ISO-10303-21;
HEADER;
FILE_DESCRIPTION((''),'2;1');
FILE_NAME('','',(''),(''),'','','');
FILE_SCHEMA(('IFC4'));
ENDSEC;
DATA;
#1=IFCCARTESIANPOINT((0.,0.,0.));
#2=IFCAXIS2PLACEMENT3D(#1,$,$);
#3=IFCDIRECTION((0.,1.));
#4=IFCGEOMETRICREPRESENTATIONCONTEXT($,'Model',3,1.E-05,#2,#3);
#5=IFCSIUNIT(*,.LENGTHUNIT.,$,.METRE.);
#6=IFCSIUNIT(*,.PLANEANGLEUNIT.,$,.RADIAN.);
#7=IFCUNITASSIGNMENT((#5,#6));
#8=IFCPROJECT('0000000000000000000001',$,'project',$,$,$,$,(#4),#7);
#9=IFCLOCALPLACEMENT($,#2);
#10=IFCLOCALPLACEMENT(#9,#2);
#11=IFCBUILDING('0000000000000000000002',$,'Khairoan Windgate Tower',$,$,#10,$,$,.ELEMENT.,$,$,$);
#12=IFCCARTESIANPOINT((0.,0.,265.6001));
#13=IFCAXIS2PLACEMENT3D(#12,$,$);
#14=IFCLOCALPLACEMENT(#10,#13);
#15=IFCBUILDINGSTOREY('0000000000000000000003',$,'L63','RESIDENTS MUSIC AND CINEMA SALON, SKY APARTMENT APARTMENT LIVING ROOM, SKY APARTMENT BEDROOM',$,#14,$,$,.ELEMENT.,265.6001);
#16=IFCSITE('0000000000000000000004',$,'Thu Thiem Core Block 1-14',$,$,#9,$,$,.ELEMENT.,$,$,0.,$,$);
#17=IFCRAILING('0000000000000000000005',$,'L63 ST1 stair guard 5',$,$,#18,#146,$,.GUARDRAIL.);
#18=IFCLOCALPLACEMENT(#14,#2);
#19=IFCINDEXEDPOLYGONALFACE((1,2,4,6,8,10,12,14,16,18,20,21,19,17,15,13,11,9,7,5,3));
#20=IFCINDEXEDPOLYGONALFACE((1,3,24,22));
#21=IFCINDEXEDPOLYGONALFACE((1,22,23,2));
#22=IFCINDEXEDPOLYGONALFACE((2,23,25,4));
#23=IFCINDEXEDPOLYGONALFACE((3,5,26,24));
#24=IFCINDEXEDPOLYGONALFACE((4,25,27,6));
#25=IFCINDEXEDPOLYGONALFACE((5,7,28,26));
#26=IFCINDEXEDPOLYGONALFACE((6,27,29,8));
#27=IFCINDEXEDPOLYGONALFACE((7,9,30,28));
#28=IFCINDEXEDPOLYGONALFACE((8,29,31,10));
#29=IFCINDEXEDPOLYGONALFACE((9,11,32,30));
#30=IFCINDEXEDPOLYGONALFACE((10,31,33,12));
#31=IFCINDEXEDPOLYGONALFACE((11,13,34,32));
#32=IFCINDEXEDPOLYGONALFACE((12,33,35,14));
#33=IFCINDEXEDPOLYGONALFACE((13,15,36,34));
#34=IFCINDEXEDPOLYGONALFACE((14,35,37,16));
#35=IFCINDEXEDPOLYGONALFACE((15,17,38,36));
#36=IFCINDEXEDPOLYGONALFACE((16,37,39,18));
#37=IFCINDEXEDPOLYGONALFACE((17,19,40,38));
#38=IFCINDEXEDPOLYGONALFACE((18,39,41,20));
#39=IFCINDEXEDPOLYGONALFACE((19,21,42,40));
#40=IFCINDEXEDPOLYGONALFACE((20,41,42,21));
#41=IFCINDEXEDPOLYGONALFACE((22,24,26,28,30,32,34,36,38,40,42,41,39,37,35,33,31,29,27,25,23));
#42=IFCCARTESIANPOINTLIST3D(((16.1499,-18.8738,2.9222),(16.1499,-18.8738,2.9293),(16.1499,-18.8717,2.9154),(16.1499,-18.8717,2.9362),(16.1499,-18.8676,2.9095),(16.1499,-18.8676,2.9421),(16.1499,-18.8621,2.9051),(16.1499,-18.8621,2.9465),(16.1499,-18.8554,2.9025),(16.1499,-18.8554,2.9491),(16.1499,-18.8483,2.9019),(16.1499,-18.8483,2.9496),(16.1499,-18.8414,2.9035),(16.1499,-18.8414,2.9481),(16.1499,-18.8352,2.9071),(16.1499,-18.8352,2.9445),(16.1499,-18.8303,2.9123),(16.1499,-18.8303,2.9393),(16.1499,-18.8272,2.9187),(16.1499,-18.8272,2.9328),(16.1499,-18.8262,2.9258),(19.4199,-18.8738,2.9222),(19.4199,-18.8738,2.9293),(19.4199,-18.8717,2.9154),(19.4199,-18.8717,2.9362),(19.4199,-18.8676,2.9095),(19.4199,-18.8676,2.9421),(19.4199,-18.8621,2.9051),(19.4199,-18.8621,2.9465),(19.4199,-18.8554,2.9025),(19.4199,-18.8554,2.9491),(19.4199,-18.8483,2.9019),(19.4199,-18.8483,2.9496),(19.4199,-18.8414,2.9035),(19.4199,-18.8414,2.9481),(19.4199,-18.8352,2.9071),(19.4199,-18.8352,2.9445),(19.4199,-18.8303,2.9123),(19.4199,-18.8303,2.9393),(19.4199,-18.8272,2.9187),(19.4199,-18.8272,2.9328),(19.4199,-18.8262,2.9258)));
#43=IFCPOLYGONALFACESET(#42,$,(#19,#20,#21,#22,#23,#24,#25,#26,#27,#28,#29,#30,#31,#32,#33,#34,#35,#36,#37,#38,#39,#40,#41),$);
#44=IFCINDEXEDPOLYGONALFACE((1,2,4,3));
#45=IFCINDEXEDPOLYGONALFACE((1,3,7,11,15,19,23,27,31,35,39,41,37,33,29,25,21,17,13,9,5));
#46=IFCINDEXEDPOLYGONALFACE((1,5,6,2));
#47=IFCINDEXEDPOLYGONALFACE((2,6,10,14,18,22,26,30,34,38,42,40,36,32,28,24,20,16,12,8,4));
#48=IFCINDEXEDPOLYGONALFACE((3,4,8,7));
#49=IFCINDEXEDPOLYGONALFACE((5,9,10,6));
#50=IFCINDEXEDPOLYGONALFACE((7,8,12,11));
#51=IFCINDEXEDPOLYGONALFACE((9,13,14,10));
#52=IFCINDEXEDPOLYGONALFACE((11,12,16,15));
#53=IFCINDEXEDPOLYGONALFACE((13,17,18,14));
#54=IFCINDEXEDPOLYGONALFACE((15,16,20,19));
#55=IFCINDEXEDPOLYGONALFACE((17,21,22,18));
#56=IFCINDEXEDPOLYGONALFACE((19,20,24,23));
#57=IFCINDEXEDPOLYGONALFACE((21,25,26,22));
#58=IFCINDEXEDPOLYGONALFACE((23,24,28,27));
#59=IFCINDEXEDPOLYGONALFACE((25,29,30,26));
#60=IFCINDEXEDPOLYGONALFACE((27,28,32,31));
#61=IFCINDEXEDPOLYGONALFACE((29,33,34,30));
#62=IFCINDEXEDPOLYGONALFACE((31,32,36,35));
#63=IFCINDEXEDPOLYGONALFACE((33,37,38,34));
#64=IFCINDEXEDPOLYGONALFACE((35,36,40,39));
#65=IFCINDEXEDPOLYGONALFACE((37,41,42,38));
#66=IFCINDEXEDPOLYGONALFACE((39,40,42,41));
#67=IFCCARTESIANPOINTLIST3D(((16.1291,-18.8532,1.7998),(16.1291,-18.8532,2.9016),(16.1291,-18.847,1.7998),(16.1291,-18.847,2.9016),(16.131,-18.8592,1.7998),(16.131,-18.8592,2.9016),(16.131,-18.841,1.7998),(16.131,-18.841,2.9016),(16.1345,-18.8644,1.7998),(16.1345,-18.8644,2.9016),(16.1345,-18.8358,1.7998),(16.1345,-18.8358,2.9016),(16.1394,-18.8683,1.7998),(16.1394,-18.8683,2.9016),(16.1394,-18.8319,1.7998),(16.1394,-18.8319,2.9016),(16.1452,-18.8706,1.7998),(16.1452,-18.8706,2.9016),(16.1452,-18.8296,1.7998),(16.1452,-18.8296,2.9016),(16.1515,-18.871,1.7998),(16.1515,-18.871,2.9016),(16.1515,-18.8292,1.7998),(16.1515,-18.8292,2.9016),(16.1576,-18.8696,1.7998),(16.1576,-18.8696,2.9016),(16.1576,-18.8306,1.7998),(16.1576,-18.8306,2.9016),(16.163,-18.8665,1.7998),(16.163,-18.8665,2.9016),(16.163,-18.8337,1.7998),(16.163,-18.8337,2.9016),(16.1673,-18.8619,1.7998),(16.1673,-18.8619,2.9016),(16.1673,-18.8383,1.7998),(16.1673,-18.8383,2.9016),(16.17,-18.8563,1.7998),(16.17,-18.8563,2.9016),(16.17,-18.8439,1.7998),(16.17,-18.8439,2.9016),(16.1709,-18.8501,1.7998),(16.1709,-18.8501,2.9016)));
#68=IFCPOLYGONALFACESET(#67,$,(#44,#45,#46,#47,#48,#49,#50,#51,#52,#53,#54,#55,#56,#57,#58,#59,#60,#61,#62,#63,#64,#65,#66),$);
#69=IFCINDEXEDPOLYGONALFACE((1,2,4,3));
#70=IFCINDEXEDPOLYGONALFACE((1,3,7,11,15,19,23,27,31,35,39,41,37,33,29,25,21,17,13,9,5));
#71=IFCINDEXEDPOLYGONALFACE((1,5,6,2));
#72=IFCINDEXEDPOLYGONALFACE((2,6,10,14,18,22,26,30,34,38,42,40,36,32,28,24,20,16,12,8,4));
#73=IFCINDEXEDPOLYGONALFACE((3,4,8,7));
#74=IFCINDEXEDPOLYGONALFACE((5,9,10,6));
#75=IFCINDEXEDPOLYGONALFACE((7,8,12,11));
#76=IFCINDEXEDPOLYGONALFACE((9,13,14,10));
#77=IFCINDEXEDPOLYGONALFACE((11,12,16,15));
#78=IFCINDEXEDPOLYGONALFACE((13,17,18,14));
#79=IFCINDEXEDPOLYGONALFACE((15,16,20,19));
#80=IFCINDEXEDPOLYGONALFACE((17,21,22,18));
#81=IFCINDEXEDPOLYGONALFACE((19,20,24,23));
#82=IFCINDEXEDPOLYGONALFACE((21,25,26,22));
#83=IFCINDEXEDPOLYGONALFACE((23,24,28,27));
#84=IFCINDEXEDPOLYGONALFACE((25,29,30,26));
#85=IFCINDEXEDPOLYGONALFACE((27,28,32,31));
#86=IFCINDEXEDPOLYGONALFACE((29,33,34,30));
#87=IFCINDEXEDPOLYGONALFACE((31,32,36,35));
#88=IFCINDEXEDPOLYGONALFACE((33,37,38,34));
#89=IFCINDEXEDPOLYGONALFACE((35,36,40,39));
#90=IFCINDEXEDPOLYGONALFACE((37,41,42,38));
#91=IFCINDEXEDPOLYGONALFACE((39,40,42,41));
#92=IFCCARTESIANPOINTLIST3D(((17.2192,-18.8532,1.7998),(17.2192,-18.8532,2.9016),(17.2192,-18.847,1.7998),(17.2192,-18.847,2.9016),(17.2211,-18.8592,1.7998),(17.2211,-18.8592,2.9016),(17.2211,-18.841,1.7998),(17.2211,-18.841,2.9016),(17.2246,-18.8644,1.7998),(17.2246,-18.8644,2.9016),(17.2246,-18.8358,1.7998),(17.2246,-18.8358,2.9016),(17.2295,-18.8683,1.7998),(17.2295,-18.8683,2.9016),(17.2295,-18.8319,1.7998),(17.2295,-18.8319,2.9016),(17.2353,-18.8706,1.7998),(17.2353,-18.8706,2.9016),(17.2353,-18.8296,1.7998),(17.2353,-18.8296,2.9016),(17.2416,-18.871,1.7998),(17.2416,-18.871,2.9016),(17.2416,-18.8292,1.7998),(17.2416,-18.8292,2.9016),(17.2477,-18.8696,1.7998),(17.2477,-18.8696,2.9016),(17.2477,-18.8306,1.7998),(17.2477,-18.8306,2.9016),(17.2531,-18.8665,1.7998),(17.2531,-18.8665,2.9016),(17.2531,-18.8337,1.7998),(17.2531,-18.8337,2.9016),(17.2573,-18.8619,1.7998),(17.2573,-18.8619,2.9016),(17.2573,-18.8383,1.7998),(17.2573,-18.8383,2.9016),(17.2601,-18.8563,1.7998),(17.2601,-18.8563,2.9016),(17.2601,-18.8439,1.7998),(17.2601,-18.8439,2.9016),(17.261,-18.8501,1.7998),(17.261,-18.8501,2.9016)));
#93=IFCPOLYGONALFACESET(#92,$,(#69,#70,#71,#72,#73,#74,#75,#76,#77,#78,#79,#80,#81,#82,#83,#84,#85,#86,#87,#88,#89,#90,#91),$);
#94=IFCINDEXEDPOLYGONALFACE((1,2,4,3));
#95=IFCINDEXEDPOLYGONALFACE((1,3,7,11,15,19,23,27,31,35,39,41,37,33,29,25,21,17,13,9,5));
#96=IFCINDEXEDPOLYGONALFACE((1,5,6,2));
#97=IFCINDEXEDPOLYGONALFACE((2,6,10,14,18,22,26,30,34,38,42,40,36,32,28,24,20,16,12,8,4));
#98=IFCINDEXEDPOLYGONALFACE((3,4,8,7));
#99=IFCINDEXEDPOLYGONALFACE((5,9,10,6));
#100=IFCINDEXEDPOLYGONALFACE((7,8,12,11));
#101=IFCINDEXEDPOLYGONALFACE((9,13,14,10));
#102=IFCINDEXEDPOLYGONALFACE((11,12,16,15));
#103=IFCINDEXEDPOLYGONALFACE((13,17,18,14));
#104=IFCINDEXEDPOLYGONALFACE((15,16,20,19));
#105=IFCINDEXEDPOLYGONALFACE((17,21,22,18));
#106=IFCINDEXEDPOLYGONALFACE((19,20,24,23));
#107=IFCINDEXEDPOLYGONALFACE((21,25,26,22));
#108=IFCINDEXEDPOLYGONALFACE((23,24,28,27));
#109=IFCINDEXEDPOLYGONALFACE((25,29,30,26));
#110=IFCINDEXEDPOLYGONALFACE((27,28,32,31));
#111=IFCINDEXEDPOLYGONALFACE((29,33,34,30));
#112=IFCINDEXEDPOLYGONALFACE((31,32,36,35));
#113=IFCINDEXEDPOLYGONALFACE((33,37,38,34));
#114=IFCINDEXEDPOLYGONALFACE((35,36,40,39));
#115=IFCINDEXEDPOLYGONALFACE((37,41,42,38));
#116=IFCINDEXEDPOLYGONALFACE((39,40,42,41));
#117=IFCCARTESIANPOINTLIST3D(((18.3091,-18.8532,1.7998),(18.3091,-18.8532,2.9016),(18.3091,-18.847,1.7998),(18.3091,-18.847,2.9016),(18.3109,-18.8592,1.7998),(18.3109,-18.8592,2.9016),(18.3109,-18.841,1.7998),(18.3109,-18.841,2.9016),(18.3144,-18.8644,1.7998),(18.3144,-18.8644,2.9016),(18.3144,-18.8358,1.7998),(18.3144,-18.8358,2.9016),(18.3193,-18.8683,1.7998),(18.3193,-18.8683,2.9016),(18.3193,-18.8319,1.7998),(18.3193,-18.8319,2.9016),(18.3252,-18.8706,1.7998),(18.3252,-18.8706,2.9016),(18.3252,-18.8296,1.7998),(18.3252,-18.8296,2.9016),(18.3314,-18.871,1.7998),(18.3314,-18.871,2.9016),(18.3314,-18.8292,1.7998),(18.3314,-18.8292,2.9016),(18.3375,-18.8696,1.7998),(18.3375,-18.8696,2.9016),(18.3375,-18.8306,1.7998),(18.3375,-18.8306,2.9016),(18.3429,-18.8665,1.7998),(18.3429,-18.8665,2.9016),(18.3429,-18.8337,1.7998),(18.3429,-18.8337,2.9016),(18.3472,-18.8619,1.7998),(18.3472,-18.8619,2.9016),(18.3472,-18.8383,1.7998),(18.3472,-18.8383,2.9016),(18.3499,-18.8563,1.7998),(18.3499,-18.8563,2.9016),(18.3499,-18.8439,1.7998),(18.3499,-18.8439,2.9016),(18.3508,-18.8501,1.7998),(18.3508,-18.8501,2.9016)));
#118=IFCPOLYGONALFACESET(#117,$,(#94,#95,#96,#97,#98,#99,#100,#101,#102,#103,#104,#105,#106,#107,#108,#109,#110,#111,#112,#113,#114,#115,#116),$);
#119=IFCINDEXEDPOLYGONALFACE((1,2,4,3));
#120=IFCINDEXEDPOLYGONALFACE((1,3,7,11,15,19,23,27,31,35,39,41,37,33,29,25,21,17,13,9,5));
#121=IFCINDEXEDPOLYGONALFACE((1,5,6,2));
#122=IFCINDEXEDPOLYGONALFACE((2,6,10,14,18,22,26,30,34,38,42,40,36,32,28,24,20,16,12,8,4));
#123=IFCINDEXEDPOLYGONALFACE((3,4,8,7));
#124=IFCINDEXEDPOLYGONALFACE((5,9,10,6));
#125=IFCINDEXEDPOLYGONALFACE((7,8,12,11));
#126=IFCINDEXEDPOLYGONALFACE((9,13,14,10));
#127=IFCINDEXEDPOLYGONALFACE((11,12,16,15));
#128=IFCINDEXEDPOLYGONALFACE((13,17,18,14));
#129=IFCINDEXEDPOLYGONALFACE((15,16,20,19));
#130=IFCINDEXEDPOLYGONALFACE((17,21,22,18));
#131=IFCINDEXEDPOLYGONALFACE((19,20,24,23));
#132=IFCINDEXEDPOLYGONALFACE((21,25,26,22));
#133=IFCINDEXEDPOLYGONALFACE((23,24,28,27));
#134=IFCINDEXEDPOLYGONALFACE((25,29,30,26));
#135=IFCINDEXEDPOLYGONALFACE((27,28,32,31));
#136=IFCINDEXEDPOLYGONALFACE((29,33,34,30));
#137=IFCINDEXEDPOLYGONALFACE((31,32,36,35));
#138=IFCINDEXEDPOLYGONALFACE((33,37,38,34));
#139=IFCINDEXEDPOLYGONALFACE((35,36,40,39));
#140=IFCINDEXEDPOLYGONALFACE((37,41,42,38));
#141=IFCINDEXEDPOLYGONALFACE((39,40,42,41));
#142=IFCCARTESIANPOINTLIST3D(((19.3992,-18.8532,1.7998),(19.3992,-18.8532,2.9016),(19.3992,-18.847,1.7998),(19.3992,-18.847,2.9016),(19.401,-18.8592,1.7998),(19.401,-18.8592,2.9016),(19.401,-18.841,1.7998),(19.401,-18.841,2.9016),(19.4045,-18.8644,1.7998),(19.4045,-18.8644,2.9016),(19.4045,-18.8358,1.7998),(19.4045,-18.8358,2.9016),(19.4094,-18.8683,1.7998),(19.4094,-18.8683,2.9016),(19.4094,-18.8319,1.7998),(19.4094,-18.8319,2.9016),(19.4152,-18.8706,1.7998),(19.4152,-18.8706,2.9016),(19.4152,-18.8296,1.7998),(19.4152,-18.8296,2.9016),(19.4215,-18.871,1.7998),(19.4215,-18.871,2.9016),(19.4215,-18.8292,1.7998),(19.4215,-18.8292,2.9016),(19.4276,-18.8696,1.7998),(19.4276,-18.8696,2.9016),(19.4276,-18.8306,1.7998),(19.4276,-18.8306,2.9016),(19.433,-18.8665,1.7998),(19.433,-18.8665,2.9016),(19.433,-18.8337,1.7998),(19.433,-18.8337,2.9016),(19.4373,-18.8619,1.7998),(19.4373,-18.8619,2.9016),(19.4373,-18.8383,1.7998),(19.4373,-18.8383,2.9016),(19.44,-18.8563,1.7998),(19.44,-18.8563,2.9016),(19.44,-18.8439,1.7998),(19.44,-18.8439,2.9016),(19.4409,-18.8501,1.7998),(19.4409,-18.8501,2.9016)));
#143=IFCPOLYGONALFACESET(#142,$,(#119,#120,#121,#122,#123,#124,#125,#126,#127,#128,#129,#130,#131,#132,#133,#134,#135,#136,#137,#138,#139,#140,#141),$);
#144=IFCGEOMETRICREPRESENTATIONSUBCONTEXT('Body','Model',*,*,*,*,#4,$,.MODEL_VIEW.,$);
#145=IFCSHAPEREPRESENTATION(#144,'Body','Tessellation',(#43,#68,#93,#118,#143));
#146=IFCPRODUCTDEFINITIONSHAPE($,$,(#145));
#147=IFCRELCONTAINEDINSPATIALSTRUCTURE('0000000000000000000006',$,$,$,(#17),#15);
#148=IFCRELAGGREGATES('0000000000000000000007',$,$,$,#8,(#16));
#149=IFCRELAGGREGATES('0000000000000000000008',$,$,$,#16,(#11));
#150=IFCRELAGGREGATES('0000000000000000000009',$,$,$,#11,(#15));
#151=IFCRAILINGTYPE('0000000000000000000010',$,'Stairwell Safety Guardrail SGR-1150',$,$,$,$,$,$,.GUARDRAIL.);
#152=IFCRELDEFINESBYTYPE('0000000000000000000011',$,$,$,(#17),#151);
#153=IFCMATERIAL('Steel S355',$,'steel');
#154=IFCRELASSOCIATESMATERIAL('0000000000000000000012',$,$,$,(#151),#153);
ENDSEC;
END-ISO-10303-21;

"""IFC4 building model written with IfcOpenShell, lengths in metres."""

from ifc_helpers import new_model, si_unit, direction, frame, origin, origin_2d, place, context, subcontext, project, spatial, circle, extrude, material, type_object, element, save


model = new_model("IFC4")

# Units and contexts
model_context = context("Model", 3, precision=1e-05, world=origin(), true_north=direction((0.0, 1.0)))
body_context = subcontext(model_context, "Body", "Model", "MODEL_VIEW")
ifc_project = project(units=[si_unit("LENGTHUNIT", "METRE"), si_unit("PLANEANGLEUNIT", "RADIAN")], contexts=[model_context])

# Site, building, storey
site_placement = place(None, origin())
site = spatial("IfcSite", under=ifc_project, at=site_placement, Name="Thu Thiem Core Block 1-14", CompositionType="ELEMENT", RefElevation=0.0)
building_placement = place(site_placement, origin())
building = spatial("IfcBuilding", under=site, at=building_placement, Name="Khairoan Windgate Tower", CompositionType="ELEMENT")
storey_placement = place(building_placement, frame((0.0, 0.0, 265.6001)))
storey = spatial("IfcBuildingStorey", under=building, at=storey_placement, Name="L63", Description="RESIDENTS MUSIC AND CINEMA SALON, SKY APARTMENT APARTMENT LIVING ROOM, SKY APARTMENT BEDROOM", CompositionType="ELEMENT", Elevation=265.6001)

# Railing
ifc_material_1 = material(Name="Steel S355", Category="steel")
railing_type = type_object("IfcRailingType", Name="Stairwell Safety Guardrail SGR-1150", PredefinedType="GUARDRAIL", material=ifc_material_1)
railing_1_placement = place(storey_placement, frame((16.1499, -18.8501, 1.7998)))
element("IfcRailing", 1, at=railing_1_placement, inside=storey, type_object=railing_type, Name="L63 ST1 stair guard 5", PredefinedType="GUARDRAIL", context=body_context, shape_type="SweptSolid", body=[
    extrude(circle(Radius=0.0239, at=origin_2d()), frame((0.0, 0.0, 1.126), z_axis=(1.0, 0.0, 0.0), x_axis=(0.0, 1.0, 0.0)), (0.0, 0.0, 1.0), 3.27),
    extrude(circle(Radius=0.021, at=origin_2d()), origin(), (0.0, 0.0, 1.0), 1.1018),
    extrude(circle(Radius=0.021, at=origin_2d()), frame((1.0901, 0.0, 0.0)), (0.0, 0.0, 1.0), 1.1018),
    extrude(circle(Radius=0.021, at=origin_2d()), frame((2.1799, 0.0, 0.0)), (0.0, 0.0, 1.0), 1.1018),
    extrude(circle(Radius=0.021, at=origin_2d()), frame((3.27, 0.0, 0.0)), (0.0, 0.0, 1.0), 1.1018),
])

save(model, "model.ifc")
